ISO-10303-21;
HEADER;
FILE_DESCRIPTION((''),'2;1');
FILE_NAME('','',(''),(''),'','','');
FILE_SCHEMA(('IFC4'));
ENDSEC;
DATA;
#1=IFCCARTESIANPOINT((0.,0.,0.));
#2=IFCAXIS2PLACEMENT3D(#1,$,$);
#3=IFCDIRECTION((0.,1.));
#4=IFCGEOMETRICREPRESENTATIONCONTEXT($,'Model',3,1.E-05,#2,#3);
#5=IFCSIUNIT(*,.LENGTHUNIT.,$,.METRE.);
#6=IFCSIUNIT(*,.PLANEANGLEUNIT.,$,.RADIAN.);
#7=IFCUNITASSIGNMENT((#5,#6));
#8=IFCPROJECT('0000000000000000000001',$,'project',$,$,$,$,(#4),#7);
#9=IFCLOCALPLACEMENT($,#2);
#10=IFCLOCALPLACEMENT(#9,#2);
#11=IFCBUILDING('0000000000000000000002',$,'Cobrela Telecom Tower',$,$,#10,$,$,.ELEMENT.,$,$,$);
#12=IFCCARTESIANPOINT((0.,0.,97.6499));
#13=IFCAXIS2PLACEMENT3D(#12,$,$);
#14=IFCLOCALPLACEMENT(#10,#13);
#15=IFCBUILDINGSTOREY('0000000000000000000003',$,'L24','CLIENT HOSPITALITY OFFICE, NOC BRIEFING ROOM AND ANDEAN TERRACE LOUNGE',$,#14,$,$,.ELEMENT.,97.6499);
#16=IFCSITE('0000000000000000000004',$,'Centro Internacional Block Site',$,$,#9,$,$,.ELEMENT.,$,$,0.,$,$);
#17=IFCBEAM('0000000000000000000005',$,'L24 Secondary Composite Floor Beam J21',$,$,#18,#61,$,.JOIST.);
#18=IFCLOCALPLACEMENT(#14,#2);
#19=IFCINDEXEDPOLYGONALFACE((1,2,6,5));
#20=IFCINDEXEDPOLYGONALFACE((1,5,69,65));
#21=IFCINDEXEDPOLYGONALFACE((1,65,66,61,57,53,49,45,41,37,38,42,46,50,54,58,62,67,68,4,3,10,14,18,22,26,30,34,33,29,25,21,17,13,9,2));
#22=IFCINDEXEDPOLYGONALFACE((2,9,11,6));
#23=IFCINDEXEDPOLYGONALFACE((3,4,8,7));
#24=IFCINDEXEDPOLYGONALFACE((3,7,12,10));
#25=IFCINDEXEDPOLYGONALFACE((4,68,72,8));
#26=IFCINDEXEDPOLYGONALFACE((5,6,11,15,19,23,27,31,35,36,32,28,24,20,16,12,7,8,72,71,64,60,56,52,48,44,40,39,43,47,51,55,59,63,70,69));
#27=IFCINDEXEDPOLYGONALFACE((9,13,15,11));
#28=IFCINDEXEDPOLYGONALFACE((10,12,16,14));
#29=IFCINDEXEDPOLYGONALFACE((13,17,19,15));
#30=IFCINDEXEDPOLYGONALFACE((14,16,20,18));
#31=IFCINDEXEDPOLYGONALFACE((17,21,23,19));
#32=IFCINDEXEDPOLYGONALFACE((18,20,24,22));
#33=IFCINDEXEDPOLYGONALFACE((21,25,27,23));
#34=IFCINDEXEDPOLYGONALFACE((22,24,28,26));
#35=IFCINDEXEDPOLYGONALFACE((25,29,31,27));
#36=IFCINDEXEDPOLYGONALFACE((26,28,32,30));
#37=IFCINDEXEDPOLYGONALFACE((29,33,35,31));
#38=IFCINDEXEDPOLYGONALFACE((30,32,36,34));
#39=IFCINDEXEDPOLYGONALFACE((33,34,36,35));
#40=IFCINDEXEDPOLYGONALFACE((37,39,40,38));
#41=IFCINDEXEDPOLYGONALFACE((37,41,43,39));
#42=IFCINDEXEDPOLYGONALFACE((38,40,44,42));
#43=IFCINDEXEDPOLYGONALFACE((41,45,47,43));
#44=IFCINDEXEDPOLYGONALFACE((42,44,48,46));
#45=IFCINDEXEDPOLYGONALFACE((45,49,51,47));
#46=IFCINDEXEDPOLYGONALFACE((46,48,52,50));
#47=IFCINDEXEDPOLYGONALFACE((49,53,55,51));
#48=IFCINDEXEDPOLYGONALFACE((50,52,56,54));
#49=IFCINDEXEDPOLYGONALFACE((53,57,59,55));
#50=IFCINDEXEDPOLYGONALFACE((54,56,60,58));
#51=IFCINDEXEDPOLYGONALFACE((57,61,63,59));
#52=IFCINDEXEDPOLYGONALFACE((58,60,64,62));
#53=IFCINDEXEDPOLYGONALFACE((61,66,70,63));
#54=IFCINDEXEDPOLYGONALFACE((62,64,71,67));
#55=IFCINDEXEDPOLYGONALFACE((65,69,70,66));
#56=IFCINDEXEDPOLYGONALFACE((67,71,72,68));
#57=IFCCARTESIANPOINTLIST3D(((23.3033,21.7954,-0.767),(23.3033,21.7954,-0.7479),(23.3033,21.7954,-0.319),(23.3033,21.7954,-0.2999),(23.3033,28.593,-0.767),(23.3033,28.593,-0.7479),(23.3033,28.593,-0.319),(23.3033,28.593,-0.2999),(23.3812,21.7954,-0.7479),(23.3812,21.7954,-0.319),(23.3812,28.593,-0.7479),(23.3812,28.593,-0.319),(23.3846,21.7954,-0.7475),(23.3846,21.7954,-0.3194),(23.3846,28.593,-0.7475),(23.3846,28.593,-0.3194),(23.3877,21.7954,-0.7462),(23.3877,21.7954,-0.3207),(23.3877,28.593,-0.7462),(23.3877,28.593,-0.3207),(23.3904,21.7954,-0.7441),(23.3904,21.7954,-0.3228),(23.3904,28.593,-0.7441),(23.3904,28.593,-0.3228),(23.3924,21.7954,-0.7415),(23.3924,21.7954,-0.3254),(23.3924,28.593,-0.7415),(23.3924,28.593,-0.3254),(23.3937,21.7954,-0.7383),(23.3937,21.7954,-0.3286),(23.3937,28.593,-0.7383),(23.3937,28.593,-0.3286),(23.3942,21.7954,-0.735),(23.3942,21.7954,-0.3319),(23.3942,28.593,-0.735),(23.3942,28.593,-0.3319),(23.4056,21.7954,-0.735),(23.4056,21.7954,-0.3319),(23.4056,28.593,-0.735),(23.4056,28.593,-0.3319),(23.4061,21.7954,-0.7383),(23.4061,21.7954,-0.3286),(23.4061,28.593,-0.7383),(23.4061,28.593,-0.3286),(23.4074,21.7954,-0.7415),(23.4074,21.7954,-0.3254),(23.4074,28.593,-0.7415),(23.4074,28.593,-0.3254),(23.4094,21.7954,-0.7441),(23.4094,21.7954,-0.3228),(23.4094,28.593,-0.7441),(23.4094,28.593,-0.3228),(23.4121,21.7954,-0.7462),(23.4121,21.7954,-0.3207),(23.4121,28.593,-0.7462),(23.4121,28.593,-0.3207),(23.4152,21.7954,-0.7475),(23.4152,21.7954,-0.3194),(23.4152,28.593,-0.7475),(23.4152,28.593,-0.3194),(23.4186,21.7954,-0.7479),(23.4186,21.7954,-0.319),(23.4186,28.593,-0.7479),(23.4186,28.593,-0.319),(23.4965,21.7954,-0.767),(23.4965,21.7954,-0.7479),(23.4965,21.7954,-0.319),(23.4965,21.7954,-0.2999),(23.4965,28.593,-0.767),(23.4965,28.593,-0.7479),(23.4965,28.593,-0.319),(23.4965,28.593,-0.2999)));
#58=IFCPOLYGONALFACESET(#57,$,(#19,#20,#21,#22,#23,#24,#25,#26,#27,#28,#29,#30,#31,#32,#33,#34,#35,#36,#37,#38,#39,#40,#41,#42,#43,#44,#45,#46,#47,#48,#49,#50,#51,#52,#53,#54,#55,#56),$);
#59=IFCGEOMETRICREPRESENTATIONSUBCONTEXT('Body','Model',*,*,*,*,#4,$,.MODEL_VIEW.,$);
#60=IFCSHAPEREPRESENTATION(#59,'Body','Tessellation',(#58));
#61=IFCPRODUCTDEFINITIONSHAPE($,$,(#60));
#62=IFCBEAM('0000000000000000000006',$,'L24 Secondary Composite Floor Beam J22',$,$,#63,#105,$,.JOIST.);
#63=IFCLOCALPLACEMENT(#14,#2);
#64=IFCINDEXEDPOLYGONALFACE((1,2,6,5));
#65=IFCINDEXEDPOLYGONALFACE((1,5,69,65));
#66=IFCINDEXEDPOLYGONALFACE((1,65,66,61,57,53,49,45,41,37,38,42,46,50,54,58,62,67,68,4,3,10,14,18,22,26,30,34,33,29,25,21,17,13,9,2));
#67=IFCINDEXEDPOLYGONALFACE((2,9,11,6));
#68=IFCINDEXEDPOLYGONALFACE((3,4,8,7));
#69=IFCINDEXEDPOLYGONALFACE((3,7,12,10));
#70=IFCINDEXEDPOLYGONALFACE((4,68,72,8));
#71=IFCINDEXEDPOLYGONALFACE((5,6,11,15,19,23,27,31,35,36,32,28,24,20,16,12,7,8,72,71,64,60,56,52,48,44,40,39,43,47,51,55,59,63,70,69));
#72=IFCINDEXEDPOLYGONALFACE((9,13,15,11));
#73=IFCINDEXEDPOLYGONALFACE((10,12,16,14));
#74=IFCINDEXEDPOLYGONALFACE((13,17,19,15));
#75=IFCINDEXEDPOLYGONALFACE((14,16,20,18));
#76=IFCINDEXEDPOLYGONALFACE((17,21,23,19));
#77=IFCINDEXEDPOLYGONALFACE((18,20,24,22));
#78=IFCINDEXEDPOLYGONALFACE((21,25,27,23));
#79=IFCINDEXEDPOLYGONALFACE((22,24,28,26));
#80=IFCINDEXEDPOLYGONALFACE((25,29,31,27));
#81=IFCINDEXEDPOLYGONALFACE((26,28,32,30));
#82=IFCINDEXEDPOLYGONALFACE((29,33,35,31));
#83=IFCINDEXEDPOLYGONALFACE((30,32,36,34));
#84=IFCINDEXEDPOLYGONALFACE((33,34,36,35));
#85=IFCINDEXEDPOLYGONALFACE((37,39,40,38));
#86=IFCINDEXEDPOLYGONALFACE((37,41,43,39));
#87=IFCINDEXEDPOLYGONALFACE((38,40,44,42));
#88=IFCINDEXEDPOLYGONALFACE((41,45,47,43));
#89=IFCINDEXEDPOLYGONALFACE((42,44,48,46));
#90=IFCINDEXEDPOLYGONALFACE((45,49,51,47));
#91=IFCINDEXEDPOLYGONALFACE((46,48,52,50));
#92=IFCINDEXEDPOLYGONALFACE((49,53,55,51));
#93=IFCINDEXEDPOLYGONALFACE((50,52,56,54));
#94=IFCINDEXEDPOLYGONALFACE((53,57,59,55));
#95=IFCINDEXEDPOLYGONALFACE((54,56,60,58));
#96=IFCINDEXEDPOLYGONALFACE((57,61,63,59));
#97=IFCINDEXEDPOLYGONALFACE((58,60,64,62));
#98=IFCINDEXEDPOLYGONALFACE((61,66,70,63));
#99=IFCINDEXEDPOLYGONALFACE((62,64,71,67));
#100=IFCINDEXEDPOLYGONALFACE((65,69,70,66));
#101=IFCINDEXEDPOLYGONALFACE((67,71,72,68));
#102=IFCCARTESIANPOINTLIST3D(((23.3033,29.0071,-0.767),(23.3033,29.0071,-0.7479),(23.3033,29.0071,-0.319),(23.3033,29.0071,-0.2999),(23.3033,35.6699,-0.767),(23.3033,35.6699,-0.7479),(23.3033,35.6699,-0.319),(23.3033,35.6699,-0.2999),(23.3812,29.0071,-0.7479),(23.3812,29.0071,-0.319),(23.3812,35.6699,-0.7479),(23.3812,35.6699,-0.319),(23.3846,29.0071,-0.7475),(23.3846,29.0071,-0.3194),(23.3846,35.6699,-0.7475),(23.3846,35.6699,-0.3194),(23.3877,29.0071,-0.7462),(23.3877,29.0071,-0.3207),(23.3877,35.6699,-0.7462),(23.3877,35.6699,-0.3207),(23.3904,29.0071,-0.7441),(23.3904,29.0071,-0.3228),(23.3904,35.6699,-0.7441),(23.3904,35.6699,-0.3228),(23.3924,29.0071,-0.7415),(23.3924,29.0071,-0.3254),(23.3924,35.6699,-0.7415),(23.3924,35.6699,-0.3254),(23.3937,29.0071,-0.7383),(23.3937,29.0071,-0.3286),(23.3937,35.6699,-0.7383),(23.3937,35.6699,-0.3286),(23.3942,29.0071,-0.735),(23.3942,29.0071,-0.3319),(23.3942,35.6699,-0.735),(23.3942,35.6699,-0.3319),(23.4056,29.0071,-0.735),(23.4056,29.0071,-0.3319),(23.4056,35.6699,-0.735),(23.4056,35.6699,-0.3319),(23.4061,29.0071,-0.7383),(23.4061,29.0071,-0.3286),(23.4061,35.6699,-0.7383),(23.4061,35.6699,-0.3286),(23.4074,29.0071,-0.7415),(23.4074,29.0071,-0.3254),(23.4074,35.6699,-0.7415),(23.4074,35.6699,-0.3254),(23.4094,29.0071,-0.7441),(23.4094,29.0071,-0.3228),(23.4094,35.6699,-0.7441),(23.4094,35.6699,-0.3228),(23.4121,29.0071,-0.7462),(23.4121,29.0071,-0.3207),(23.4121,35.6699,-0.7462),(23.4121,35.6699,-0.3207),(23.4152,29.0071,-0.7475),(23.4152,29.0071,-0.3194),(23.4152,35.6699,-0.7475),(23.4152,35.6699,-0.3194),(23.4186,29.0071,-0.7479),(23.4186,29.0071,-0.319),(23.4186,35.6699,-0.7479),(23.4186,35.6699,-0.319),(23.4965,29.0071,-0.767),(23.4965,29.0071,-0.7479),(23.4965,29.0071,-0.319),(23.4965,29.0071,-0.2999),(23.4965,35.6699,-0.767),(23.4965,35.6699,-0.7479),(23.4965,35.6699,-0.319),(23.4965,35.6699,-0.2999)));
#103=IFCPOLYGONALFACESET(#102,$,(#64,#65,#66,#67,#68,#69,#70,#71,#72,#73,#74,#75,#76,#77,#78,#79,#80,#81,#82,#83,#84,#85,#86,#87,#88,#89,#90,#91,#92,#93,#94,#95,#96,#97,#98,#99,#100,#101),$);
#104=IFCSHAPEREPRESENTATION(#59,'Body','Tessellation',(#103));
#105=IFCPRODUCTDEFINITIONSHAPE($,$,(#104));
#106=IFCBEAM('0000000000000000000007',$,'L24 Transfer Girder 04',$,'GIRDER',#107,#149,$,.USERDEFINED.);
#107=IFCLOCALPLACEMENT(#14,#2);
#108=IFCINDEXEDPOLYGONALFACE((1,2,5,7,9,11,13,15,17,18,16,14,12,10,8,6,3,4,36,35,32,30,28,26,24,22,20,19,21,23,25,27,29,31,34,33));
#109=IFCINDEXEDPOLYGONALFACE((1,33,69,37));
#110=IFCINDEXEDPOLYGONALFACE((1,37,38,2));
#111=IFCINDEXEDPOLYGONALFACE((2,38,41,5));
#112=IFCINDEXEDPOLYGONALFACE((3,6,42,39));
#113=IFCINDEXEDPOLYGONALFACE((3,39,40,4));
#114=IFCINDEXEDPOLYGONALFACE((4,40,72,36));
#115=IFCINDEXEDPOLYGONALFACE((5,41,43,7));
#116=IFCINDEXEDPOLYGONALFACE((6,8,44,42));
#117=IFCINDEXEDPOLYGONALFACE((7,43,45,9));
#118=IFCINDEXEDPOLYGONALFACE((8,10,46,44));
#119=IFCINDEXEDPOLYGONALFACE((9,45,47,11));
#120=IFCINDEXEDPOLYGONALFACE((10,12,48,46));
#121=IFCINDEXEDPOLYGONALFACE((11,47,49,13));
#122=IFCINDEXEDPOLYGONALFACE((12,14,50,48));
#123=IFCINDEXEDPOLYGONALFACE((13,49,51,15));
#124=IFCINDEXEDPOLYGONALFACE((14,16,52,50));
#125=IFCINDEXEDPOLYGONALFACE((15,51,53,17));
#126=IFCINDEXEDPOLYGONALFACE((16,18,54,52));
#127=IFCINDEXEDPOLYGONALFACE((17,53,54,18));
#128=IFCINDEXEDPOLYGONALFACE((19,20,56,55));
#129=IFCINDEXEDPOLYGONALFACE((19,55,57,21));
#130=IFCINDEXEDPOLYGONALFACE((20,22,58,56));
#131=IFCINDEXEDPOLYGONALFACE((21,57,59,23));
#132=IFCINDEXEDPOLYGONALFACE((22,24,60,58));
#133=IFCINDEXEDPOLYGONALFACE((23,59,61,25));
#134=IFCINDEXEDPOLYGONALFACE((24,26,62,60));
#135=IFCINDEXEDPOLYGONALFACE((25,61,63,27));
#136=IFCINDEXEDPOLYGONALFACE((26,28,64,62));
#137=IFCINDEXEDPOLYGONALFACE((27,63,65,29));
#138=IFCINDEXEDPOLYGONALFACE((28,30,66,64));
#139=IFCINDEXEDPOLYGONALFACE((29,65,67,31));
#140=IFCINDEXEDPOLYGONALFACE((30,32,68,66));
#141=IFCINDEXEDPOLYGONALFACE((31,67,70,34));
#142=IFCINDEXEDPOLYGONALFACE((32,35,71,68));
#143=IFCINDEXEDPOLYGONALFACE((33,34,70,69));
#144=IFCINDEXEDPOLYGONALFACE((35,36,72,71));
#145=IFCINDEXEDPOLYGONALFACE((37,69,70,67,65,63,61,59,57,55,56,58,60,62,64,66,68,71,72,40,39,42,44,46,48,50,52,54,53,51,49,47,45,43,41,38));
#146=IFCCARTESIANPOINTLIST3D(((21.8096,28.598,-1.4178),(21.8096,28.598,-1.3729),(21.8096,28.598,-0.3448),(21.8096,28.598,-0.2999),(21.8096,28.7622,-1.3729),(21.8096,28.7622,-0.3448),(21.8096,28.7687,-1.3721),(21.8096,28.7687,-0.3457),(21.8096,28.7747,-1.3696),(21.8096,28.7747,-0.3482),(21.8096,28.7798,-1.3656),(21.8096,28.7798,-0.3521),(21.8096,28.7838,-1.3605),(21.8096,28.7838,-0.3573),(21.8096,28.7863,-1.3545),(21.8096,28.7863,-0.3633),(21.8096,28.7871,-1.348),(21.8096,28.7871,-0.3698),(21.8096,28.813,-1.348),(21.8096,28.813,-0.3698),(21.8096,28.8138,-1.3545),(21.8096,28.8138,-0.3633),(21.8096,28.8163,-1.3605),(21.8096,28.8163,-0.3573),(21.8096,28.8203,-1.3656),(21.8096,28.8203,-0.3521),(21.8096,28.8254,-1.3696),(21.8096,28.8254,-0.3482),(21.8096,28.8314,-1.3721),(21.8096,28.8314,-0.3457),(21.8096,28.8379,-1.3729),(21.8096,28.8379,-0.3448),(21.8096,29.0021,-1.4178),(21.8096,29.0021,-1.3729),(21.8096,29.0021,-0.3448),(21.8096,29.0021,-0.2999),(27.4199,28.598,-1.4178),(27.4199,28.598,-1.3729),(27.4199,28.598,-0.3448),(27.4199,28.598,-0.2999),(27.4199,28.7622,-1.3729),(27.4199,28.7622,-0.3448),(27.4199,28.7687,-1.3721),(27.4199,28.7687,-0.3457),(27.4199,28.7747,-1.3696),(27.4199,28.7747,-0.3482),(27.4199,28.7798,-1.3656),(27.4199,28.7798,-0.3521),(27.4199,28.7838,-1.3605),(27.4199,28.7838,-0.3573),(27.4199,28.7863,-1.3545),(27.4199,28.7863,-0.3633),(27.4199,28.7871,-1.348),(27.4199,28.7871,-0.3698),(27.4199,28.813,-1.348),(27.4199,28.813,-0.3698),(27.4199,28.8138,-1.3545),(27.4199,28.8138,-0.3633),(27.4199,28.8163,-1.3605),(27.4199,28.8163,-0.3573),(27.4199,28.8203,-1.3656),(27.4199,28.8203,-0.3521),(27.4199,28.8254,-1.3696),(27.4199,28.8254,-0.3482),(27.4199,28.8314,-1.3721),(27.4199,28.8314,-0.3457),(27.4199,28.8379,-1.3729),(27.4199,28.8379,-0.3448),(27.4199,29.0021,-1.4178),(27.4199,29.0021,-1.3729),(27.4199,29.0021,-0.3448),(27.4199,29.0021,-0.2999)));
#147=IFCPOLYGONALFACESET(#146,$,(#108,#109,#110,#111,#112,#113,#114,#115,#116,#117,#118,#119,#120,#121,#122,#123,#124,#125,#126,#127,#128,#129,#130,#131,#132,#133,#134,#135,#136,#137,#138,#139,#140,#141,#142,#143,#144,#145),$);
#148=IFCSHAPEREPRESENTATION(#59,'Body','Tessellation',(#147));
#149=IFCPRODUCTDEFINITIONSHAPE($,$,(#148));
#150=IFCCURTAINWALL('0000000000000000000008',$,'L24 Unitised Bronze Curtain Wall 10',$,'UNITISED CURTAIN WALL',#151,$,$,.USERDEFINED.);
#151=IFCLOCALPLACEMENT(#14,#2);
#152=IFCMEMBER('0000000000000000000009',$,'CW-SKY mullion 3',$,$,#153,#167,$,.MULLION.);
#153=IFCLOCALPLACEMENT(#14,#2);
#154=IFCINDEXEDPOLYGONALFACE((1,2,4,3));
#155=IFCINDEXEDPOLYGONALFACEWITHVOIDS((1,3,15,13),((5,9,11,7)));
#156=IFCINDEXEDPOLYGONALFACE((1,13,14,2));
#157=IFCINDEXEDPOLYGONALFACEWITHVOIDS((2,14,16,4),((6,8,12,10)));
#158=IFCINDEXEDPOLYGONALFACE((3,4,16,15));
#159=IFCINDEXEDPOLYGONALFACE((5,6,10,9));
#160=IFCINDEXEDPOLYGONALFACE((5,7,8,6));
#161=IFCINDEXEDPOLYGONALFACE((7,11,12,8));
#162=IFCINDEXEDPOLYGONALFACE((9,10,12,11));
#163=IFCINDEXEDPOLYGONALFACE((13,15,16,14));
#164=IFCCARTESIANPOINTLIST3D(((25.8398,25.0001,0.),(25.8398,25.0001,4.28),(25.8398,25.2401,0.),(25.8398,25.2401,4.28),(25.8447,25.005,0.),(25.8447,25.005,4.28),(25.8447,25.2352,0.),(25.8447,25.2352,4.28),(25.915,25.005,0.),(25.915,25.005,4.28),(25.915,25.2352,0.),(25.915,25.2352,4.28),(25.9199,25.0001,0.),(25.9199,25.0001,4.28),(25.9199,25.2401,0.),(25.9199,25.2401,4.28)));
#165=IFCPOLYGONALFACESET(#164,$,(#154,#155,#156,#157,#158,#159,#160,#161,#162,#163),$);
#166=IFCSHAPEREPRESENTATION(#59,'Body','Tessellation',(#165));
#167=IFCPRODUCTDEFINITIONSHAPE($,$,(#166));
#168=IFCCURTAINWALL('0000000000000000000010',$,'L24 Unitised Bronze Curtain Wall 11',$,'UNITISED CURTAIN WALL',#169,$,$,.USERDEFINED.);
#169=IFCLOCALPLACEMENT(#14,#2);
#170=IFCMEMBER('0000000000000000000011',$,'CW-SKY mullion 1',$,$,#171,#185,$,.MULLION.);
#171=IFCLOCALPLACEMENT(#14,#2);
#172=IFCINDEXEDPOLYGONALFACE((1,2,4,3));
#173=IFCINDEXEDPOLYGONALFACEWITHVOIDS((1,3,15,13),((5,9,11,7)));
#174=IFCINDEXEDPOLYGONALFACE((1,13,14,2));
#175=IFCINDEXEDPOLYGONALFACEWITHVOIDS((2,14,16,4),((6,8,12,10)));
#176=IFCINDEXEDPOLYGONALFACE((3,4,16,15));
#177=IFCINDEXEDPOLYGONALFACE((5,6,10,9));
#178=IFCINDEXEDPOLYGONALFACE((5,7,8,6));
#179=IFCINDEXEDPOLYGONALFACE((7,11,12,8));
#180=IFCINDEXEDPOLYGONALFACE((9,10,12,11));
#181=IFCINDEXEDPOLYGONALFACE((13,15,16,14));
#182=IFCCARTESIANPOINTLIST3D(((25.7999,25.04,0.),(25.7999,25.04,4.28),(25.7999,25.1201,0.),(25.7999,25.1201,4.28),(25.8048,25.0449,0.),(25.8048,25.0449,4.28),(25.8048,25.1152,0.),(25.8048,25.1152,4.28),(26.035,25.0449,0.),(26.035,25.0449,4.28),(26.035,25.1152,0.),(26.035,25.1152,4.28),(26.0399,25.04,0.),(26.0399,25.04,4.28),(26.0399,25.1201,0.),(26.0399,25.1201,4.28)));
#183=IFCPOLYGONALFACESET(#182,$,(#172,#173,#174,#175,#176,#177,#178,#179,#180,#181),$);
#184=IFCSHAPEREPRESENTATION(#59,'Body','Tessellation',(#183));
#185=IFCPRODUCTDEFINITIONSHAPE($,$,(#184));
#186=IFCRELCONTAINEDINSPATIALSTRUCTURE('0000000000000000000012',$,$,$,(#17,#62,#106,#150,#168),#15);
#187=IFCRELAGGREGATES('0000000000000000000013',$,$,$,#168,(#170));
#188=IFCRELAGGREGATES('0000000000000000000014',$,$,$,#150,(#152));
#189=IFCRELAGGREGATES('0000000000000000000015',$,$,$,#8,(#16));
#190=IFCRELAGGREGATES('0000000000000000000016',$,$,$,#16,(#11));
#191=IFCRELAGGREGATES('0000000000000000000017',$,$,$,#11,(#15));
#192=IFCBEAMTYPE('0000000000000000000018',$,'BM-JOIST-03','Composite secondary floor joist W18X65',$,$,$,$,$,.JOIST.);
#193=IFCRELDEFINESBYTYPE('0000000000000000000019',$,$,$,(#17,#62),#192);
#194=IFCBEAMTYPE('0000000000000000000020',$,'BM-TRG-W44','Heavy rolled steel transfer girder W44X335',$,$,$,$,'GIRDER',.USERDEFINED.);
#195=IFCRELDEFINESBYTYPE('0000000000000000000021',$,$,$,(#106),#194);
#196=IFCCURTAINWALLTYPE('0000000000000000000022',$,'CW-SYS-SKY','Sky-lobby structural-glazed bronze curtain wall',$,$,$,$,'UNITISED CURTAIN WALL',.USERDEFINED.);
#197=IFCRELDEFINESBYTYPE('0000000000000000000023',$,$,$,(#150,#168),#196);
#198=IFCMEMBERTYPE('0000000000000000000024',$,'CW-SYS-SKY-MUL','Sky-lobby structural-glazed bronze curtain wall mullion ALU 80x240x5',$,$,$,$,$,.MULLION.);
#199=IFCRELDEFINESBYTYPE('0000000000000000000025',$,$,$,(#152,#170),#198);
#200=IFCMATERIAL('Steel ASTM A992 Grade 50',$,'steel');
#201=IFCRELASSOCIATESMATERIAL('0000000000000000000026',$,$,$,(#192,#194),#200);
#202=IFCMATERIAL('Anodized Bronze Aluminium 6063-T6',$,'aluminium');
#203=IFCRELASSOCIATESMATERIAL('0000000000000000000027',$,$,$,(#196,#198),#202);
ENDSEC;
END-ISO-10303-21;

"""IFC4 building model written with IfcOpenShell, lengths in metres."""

from ifc_helpers import new_model, si_unit, direction, frame, origin, origin_2d, place, context, subcontext, project, spatial, hollow_rectangle, i_section, extrude, material, material_profile, profile_set, type_object, element, aggregate, save


model = new_model("IFC4")

# Units and contexts
model_context = context("Model", 3, precision=1e-05, world=origin(), true_north=direction((0.0, 1.0)))
body_context = subcontext(model_context, "Body", "Model", "MODEL_VIEW")
ifc_project = project(units=[si_unit("LENGTHUNIT", "METRE"), si_unit("PLANEANGLEUNIT", "RADIAN")], contexts=[model_context])

# Site, building, storey
site_placement = place(None, origin())
site = spatial("IfcSite", under=ifc_project, at=site_placement, Name="Centro Internacional Block Site", CompositionType="ELEMENT", RefElevation=0.0)
building_placement = place(site_placement, origin())
building = spatial("IfcBuilding", under=site, at=building_placement, Name="Cobrela Telecom Tower", CompositionType="ELEMENT")
storey_placement = place(building_placement, frame((0.0, 0.0, 97.6499)))
storey = spatial("IfcBuildingStorey", under=building, at=storey_placement, Name="L24", Description="CLIENT HOSPITALITY OFFICE, NOC BRIEFING ROOM AND ANDEAN TERRACE LOUNGE", CompositionType="ELEMENT", Elevation=97.6499)

# Shared definitions
ifc_material_1 = material(Name="Steel ASTM A992 Grade 50", Category="steel")

# Beams
ifc_material_profile_1 = material_profile(ifc_material_1, i_section(OverallWidth=0.1931, OverallDepth=0.467, WebThickness=0.0115, FlangeThickness=0.019, FilletRadius=0.0129, at=origin_2d()), Name="W18X65")
ifc_profile_set_1 = profile_set([ifc_material_profile_1], Name="Steel ASTM A992 Grade 50")
beam_type_1 = type_object("IfcBeamType", Name="BM-JOIST-03", Description="Composite secondary floor joist W18X65", PredefinedType="JOIST", material=ifc_profile_set_1)
beam_1_placement = place(storey_placement, frame((23.3999, 21.7954, -0.5334), z_axis=(0.0, 1.0, 0.0), x_axis=(-1.0, 0.0, 0.0)))
element("IfcBeam", 1, at=beam_1_placement, inside=storey, type_object=beam_type_1, Name="L24 Secondary Composite Floor Beam J21", PredefinedType="JOIST", context=body_context, shape_type="SweptSolid", body=[
    extrude(i_section(OverallWidth=0.1931, OverallDepth=0.467, WebThickness=0.0115, FlangeThickness=0.019, FilletRadius=0.0129, at=origin_2d()), origin(), (0.0, 0.0, 1.0), 6.7976),
])
beam_2_placement = place(storey_placement, frame((23.3999, 29.0071, -0.5334), z_axis=(0.0, 1.0, 0.0), x_axis=(-1.0, 0.0, 0.0)))
element("IfcBeam", 2, at=beam_2_placement, inside=storey, type_object=beam_type_1, Name="L24 Secondary Composite Floor Beam J22", PredefinedType="JOIST", context=body_context, shape_type="SweptSolid", body=[
    extrude(i_section(OverallWidth=0.1931, OverallDepth=0.467, WebThickness=0.0115, FlangeThickness=0.019, FilletRadius=0.0129, at=origin_2d()), origin(), (0.0, 0.0, 1.0), 6.6628),
])
ifc_material_profile_2 = material_profile(ifc_material_1, i_section(OverallWidth=0.4041, OverallDepth=1.1179, WebThickness=0.0259, FlangeThickness=0.0449, FilletRadius=0.0249, at=origin_2d()), Name="W44X335")
ifc_profile_set_2 = profile_set([ifc_material_profile_2], Name="Steel ASTM A992 Grade 50")
beam_type_2 = type_object("IfcBeamType", Name="BM-TRG-W44", Description="Heavy rolled steel transfer girder W44X335", ElementType="GIRDER", PredefinedType="USERDEFINED", material=ifc_profile_set_2)
beam_3_placement = place(storey_placement, frame((21.8096, 28.8, -0.8589), z_axis=(1.0, 0.0, 0.0), x_axis=(0.0, 1.0, 0.0)))
element("IfcBeam", 3, at=beam_3_placement, inside=storey, type_object=beam_type_2, Name="L24 Transfer Girder 04", ObjectType="GIRDER", PredefinedType="USERDEFINED", context=body_context, shape_type="SweptSolid", body=[
    extrude(i_section(OverallWidth=0.4041, OverallDepth=1.1179, WebThickness=0.0259, FlangeThickness=0.0449, FilletRadius=0.0249, at=origin_2d()), origin(), (0.0, 0.0, 1.0), 5.6104),
])

# Curtain wall, member
ifc_material_2 = material(Name="Anodized Bronze Aluminium 6063-T6", Category="aluminium")
curtain_wall_type = type_object("IfcCurtainWallType", Name="CW-SYS-SKY", Description="Sky-lobby structural-glazed bronze curtain wall", ElementType="UNITISED CURTAIN WALL", PredefinedType="USERDEFINED", material=ifc_material_2)
curtain_wall_1_placement = place(storey_placement, origin())
curtain_wall_1 = element("IfcCurtainWall", 4, at=curtain_wall_1_placement, inside=storey, type_object=curtain_wall_type, Name="L24 Unitised Bronze Curtain Wall 10", ObjectType="UNITISED CURTAIN WALL", PredefinedType="USERDEFINED")
ifc_material_profile_3 = material_profile(ifc_material_2, hollow_rectangle(XDim=0.0801, YDim=0.24, WallThickness=0.0049, at=origin_2d()), Name="ALU 80x240x5")
ifc_profile_set_3 = profile_set([ifc_material_profile_3], Name="Anodized Bronze Aluminium 6063-T6")
member_type_1 = type_object("IfcMemberType", Name="CW-SYS-SKY-MUL", Description="Sky-lobby structural-glazed bronze curtain wall mullion ALU 80x240x5", PredefinedType="MULLION", material=ifc_profile_set_3)
member_1_placement = place(storey_placement, frame((25.8799, 25.1201, 0.0), z_axis=(0.0, 0.0, 1.0), x_axis=(1.0, 0.0, 0.0)))
member_1 = element("IfcMember", 5, at=member_1_placement, type_object=member_type_1, Name="CW-SKY mullion 3", PredefinedType="MULLION", context=body_context, shape_type="SweptSolid", body=[
    extrude(hollow_rectangle(XDim=0.0801, YDim=0.24, WallThickness=0.0049, at=origin_2d()), origin(), (0.0, 0.0, 1.0), 4.28),
])

# Curtain wall, member
curtain_wall_2_placement = place(storey_placement, origin())
curtain_wall_2 = element("IfcCurtainWall", 6, at=curtain_wall_2_placement, inside=storey, type_object=curtain_wall_type, Name="L24 Unitised Bronze Curtain Wall 11", ObjectType="UNITISED CURTAIN WALL", PredefinedType="USERDEFINED")
member_2_placement = place(storey_placement, frame((25.9199, 25.0801, 0.0), z_axis=(0.0, 0.0, 1.0), x_axis=(0.0, 1.0, 0.0)))
member_2 = element("IfcMember", 7, at=member_2_placement, type_object=member_type_1, Name="CW-SKY mullion 1", PredefinedType="MULLION", context=body_context, shape_type="SweptSolid", body=[
    extrude(hollow_rectangle(XDim=0.0801, YDim=0.24, WallThickness=0.0049, at=origin_2d()), origin(), (0.0, 0.0, 1.0), 4.28),
])
aggregate(curtain_wall_2, [member_2])

aggregate(curtain_wall_1, [member_1])

save(model, "model.ifc")
